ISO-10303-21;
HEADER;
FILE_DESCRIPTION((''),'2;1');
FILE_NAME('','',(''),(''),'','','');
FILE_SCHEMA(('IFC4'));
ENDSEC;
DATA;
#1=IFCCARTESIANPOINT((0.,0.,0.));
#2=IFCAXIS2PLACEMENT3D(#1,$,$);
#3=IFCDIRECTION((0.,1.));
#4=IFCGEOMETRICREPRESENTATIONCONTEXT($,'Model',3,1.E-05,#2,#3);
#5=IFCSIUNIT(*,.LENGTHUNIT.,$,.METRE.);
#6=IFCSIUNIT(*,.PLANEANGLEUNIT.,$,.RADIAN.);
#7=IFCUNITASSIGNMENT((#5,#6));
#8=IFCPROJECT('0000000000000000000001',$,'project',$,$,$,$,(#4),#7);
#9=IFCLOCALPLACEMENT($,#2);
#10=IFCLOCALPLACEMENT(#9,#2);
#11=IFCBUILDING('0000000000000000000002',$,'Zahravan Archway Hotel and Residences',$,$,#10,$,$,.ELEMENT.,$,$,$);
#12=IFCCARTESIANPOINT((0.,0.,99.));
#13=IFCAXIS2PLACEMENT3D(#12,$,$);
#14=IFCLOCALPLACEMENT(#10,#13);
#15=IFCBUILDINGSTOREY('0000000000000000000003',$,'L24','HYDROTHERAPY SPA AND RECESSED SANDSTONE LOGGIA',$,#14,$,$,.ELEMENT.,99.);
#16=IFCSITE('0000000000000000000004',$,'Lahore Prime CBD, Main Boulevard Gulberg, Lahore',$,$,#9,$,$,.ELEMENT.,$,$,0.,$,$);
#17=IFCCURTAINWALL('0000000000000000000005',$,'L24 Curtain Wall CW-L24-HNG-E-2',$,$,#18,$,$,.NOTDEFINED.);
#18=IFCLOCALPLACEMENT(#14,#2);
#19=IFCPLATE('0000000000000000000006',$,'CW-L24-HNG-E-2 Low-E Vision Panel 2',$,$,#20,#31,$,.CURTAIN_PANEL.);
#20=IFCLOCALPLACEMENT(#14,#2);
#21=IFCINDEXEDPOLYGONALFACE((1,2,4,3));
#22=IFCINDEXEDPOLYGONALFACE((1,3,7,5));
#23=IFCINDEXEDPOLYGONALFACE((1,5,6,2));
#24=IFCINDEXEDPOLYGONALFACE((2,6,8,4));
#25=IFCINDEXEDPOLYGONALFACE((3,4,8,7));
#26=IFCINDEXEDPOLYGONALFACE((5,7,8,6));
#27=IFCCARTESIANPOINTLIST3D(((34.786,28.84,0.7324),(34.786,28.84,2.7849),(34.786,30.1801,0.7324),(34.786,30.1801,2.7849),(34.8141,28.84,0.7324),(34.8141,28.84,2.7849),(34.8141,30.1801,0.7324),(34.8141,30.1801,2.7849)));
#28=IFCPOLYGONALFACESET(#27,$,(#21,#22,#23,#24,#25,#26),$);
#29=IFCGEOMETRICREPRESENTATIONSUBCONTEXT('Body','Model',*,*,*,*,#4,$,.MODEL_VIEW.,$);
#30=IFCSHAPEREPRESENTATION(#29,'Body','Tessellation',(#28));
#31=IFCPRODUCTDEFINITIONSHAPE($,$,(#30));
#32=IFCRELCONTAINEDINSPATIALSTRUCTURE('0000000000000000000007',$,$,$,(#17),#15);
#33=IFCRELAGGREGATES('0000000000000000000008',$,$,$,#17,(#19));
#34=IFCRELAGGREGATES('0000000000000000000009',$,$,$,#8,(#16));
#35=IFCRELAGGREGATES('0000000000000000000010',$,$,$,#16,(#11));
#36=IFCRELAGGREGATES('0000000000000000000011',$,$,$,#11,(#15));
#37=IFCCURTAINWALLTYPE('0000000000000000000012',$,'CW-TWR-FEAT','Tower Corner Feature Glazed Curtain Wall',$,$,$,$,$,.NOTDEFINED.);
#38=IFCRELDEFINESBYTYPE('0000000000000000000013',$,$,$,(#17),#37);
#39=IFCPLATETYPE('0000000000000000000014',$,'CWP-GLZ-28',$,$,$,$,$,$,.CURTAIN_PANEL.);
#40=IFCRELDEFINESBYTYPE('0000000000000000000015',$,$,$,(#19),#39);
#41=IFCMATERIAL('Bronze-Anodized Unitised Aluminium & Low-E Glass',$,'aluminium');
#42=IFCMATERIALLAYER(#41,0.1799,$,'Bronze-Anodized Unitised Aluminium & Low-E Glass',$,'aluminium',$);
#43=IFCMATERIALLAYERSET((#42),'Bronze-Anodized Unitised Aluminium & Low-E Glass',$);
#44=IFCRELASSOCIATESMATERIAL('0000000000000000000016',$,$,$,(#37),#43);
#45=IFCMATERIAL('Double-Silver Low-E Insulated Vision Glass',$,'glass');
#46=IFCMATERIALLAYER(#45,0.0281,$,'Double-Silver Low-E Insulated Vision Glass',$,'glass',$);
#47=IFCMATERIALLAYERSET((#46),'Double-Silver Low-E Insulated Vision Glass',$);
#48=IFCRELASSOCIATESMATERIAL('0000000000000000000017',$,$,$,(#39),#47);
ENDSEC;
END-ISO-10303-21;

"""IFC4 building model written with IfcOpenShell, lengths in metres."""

from ifc_helpers import new_model, si_unit, direction, frame, origin, origin_2d, place, context, subcontext, project, spatial, rectangle, extrude, source, transform, mapped, material, layer, layer_set, type_object, element, aggregate, save


model = new_model("IFC4")

# Units and contexts
model_context = context("Model", 3, precision=1e-05, world=origin(), true_north=direction((0.0, 1.0)))
body_context = subcontext(model_context, "Body", "Model", "MODEL_VIEW")
ifc_project = project(units=[si_unit("LENGTHUNIT", "METRE"), si_unit("PLANEANGLEUNIT", "RADIAN")], contexts=[model_context])

# Site, building, storey
site_placement = place(None, origin())
site = spatial("IfcSite", under=ifc_project, at=site_placement, Name="Lahore Prime CBD, Main Boulevard Gulberg, Lahore", CompositionType="ELEMENT", RefElevation=0.0)
building_placement = place(site_placement, origin())
building = spatial("IfcBuilding", under=site, at=building_placement, Name="Zahravan Archway Hotel and Residences", CompositionType="ELEMENT")
storey_placement = place(building_placement, frame((0.0, 0.0, 99.0)))
storey = spatial("IfcBuildingStorey", under=building, at=storey_placement, Name="L24", Description="HYDROTHERAPY SPA AND RECESSED SANDSTONE LOGGIA", CompositionType="ELEMENT", Elevation=99.0)

# Curtain wall, plate
ifc_material_1 = material(Name="Bronze-Anodized Unitised Aluminium & Low-E Glass", Category="aluminium")
ifc_layer_1 = layer(ifc_material_1, 0.1799, Name="Bronze-Anodized Unitised Aluminium & Low-E Glass", Category="aluminium")
ifc_layer_set_1 = layer_set([ifc_layer_1], Name="Bronze-Anodized Unitised Aluminium & Low-E Glass")
curtain_wall_type = type_object("IfcCurtainWallType", Name="CW-TWR-FEAT", Description="Tower Corner Feature Glazed Curtain Wall", PredefinedType="NOTDEFINED", material=ifc_layer_set_1)
curtain_wall_placement = place(storey_placement, origin())
curtain_wall = element("IfcCurtainWall", 1, at=curtain_wall_placement, inside=storey, type_object=curtain_wall_type, Name="L24 Curtain Wall CW-L24-HNG-E-2", PredefinedType="NOTDEFINED")
ifc_material_2 = material(Name="Double-Silver Low-E Insulated Vision Glass", Category="glass")
ifc_layer_2 = layer(ifc_material_2, 0.0281, Name="Double-Silver Low-E Insulated Vision Glass", Category="glass")
ifc_layer_set_2 = layer_set([ifc_layer_2], Name="Double-Silver Low-E Insulated Vision Glass")
plate_type_1 = type_object("IfcPlateType", Name="CWP-GLZ-28", PredefinedType="CURTAIN_PANEL", material=ifc_layer_set_2)
shared_shape_1 = source(origin(), body_context, "Body", "SweptSolid", [
    extrude(rectangle(XDim=1.3401, YDim=0.0281, at=origin_2d()), origin(), (0.0, 0.0, 1.0), 2.0525),
])
plate_1_placement = place(storey_placement, frame((34.8, 29.51, 0.7324), z_axis=(0.0, 0.0, 1.0), x_axis=(0.0, 1.0, 0.0)))
plate_1 = element("IfcPlate", 2, at=plate_1_placement, type_object=plate_type_1, Name="CW-L24-HNG-E-2 Low-E Vision Panel 2", PredefinedType="CURTAIN_PANEL", context=body_context, shape_type="MappedRepresentation", body=[
    mapped(shared_shape_1, transform((0.0, 0.0, 0.0), scale=1.0)),
])
aggregate(curtain_wall, [plate_1])

save(model, "model.ifc")
